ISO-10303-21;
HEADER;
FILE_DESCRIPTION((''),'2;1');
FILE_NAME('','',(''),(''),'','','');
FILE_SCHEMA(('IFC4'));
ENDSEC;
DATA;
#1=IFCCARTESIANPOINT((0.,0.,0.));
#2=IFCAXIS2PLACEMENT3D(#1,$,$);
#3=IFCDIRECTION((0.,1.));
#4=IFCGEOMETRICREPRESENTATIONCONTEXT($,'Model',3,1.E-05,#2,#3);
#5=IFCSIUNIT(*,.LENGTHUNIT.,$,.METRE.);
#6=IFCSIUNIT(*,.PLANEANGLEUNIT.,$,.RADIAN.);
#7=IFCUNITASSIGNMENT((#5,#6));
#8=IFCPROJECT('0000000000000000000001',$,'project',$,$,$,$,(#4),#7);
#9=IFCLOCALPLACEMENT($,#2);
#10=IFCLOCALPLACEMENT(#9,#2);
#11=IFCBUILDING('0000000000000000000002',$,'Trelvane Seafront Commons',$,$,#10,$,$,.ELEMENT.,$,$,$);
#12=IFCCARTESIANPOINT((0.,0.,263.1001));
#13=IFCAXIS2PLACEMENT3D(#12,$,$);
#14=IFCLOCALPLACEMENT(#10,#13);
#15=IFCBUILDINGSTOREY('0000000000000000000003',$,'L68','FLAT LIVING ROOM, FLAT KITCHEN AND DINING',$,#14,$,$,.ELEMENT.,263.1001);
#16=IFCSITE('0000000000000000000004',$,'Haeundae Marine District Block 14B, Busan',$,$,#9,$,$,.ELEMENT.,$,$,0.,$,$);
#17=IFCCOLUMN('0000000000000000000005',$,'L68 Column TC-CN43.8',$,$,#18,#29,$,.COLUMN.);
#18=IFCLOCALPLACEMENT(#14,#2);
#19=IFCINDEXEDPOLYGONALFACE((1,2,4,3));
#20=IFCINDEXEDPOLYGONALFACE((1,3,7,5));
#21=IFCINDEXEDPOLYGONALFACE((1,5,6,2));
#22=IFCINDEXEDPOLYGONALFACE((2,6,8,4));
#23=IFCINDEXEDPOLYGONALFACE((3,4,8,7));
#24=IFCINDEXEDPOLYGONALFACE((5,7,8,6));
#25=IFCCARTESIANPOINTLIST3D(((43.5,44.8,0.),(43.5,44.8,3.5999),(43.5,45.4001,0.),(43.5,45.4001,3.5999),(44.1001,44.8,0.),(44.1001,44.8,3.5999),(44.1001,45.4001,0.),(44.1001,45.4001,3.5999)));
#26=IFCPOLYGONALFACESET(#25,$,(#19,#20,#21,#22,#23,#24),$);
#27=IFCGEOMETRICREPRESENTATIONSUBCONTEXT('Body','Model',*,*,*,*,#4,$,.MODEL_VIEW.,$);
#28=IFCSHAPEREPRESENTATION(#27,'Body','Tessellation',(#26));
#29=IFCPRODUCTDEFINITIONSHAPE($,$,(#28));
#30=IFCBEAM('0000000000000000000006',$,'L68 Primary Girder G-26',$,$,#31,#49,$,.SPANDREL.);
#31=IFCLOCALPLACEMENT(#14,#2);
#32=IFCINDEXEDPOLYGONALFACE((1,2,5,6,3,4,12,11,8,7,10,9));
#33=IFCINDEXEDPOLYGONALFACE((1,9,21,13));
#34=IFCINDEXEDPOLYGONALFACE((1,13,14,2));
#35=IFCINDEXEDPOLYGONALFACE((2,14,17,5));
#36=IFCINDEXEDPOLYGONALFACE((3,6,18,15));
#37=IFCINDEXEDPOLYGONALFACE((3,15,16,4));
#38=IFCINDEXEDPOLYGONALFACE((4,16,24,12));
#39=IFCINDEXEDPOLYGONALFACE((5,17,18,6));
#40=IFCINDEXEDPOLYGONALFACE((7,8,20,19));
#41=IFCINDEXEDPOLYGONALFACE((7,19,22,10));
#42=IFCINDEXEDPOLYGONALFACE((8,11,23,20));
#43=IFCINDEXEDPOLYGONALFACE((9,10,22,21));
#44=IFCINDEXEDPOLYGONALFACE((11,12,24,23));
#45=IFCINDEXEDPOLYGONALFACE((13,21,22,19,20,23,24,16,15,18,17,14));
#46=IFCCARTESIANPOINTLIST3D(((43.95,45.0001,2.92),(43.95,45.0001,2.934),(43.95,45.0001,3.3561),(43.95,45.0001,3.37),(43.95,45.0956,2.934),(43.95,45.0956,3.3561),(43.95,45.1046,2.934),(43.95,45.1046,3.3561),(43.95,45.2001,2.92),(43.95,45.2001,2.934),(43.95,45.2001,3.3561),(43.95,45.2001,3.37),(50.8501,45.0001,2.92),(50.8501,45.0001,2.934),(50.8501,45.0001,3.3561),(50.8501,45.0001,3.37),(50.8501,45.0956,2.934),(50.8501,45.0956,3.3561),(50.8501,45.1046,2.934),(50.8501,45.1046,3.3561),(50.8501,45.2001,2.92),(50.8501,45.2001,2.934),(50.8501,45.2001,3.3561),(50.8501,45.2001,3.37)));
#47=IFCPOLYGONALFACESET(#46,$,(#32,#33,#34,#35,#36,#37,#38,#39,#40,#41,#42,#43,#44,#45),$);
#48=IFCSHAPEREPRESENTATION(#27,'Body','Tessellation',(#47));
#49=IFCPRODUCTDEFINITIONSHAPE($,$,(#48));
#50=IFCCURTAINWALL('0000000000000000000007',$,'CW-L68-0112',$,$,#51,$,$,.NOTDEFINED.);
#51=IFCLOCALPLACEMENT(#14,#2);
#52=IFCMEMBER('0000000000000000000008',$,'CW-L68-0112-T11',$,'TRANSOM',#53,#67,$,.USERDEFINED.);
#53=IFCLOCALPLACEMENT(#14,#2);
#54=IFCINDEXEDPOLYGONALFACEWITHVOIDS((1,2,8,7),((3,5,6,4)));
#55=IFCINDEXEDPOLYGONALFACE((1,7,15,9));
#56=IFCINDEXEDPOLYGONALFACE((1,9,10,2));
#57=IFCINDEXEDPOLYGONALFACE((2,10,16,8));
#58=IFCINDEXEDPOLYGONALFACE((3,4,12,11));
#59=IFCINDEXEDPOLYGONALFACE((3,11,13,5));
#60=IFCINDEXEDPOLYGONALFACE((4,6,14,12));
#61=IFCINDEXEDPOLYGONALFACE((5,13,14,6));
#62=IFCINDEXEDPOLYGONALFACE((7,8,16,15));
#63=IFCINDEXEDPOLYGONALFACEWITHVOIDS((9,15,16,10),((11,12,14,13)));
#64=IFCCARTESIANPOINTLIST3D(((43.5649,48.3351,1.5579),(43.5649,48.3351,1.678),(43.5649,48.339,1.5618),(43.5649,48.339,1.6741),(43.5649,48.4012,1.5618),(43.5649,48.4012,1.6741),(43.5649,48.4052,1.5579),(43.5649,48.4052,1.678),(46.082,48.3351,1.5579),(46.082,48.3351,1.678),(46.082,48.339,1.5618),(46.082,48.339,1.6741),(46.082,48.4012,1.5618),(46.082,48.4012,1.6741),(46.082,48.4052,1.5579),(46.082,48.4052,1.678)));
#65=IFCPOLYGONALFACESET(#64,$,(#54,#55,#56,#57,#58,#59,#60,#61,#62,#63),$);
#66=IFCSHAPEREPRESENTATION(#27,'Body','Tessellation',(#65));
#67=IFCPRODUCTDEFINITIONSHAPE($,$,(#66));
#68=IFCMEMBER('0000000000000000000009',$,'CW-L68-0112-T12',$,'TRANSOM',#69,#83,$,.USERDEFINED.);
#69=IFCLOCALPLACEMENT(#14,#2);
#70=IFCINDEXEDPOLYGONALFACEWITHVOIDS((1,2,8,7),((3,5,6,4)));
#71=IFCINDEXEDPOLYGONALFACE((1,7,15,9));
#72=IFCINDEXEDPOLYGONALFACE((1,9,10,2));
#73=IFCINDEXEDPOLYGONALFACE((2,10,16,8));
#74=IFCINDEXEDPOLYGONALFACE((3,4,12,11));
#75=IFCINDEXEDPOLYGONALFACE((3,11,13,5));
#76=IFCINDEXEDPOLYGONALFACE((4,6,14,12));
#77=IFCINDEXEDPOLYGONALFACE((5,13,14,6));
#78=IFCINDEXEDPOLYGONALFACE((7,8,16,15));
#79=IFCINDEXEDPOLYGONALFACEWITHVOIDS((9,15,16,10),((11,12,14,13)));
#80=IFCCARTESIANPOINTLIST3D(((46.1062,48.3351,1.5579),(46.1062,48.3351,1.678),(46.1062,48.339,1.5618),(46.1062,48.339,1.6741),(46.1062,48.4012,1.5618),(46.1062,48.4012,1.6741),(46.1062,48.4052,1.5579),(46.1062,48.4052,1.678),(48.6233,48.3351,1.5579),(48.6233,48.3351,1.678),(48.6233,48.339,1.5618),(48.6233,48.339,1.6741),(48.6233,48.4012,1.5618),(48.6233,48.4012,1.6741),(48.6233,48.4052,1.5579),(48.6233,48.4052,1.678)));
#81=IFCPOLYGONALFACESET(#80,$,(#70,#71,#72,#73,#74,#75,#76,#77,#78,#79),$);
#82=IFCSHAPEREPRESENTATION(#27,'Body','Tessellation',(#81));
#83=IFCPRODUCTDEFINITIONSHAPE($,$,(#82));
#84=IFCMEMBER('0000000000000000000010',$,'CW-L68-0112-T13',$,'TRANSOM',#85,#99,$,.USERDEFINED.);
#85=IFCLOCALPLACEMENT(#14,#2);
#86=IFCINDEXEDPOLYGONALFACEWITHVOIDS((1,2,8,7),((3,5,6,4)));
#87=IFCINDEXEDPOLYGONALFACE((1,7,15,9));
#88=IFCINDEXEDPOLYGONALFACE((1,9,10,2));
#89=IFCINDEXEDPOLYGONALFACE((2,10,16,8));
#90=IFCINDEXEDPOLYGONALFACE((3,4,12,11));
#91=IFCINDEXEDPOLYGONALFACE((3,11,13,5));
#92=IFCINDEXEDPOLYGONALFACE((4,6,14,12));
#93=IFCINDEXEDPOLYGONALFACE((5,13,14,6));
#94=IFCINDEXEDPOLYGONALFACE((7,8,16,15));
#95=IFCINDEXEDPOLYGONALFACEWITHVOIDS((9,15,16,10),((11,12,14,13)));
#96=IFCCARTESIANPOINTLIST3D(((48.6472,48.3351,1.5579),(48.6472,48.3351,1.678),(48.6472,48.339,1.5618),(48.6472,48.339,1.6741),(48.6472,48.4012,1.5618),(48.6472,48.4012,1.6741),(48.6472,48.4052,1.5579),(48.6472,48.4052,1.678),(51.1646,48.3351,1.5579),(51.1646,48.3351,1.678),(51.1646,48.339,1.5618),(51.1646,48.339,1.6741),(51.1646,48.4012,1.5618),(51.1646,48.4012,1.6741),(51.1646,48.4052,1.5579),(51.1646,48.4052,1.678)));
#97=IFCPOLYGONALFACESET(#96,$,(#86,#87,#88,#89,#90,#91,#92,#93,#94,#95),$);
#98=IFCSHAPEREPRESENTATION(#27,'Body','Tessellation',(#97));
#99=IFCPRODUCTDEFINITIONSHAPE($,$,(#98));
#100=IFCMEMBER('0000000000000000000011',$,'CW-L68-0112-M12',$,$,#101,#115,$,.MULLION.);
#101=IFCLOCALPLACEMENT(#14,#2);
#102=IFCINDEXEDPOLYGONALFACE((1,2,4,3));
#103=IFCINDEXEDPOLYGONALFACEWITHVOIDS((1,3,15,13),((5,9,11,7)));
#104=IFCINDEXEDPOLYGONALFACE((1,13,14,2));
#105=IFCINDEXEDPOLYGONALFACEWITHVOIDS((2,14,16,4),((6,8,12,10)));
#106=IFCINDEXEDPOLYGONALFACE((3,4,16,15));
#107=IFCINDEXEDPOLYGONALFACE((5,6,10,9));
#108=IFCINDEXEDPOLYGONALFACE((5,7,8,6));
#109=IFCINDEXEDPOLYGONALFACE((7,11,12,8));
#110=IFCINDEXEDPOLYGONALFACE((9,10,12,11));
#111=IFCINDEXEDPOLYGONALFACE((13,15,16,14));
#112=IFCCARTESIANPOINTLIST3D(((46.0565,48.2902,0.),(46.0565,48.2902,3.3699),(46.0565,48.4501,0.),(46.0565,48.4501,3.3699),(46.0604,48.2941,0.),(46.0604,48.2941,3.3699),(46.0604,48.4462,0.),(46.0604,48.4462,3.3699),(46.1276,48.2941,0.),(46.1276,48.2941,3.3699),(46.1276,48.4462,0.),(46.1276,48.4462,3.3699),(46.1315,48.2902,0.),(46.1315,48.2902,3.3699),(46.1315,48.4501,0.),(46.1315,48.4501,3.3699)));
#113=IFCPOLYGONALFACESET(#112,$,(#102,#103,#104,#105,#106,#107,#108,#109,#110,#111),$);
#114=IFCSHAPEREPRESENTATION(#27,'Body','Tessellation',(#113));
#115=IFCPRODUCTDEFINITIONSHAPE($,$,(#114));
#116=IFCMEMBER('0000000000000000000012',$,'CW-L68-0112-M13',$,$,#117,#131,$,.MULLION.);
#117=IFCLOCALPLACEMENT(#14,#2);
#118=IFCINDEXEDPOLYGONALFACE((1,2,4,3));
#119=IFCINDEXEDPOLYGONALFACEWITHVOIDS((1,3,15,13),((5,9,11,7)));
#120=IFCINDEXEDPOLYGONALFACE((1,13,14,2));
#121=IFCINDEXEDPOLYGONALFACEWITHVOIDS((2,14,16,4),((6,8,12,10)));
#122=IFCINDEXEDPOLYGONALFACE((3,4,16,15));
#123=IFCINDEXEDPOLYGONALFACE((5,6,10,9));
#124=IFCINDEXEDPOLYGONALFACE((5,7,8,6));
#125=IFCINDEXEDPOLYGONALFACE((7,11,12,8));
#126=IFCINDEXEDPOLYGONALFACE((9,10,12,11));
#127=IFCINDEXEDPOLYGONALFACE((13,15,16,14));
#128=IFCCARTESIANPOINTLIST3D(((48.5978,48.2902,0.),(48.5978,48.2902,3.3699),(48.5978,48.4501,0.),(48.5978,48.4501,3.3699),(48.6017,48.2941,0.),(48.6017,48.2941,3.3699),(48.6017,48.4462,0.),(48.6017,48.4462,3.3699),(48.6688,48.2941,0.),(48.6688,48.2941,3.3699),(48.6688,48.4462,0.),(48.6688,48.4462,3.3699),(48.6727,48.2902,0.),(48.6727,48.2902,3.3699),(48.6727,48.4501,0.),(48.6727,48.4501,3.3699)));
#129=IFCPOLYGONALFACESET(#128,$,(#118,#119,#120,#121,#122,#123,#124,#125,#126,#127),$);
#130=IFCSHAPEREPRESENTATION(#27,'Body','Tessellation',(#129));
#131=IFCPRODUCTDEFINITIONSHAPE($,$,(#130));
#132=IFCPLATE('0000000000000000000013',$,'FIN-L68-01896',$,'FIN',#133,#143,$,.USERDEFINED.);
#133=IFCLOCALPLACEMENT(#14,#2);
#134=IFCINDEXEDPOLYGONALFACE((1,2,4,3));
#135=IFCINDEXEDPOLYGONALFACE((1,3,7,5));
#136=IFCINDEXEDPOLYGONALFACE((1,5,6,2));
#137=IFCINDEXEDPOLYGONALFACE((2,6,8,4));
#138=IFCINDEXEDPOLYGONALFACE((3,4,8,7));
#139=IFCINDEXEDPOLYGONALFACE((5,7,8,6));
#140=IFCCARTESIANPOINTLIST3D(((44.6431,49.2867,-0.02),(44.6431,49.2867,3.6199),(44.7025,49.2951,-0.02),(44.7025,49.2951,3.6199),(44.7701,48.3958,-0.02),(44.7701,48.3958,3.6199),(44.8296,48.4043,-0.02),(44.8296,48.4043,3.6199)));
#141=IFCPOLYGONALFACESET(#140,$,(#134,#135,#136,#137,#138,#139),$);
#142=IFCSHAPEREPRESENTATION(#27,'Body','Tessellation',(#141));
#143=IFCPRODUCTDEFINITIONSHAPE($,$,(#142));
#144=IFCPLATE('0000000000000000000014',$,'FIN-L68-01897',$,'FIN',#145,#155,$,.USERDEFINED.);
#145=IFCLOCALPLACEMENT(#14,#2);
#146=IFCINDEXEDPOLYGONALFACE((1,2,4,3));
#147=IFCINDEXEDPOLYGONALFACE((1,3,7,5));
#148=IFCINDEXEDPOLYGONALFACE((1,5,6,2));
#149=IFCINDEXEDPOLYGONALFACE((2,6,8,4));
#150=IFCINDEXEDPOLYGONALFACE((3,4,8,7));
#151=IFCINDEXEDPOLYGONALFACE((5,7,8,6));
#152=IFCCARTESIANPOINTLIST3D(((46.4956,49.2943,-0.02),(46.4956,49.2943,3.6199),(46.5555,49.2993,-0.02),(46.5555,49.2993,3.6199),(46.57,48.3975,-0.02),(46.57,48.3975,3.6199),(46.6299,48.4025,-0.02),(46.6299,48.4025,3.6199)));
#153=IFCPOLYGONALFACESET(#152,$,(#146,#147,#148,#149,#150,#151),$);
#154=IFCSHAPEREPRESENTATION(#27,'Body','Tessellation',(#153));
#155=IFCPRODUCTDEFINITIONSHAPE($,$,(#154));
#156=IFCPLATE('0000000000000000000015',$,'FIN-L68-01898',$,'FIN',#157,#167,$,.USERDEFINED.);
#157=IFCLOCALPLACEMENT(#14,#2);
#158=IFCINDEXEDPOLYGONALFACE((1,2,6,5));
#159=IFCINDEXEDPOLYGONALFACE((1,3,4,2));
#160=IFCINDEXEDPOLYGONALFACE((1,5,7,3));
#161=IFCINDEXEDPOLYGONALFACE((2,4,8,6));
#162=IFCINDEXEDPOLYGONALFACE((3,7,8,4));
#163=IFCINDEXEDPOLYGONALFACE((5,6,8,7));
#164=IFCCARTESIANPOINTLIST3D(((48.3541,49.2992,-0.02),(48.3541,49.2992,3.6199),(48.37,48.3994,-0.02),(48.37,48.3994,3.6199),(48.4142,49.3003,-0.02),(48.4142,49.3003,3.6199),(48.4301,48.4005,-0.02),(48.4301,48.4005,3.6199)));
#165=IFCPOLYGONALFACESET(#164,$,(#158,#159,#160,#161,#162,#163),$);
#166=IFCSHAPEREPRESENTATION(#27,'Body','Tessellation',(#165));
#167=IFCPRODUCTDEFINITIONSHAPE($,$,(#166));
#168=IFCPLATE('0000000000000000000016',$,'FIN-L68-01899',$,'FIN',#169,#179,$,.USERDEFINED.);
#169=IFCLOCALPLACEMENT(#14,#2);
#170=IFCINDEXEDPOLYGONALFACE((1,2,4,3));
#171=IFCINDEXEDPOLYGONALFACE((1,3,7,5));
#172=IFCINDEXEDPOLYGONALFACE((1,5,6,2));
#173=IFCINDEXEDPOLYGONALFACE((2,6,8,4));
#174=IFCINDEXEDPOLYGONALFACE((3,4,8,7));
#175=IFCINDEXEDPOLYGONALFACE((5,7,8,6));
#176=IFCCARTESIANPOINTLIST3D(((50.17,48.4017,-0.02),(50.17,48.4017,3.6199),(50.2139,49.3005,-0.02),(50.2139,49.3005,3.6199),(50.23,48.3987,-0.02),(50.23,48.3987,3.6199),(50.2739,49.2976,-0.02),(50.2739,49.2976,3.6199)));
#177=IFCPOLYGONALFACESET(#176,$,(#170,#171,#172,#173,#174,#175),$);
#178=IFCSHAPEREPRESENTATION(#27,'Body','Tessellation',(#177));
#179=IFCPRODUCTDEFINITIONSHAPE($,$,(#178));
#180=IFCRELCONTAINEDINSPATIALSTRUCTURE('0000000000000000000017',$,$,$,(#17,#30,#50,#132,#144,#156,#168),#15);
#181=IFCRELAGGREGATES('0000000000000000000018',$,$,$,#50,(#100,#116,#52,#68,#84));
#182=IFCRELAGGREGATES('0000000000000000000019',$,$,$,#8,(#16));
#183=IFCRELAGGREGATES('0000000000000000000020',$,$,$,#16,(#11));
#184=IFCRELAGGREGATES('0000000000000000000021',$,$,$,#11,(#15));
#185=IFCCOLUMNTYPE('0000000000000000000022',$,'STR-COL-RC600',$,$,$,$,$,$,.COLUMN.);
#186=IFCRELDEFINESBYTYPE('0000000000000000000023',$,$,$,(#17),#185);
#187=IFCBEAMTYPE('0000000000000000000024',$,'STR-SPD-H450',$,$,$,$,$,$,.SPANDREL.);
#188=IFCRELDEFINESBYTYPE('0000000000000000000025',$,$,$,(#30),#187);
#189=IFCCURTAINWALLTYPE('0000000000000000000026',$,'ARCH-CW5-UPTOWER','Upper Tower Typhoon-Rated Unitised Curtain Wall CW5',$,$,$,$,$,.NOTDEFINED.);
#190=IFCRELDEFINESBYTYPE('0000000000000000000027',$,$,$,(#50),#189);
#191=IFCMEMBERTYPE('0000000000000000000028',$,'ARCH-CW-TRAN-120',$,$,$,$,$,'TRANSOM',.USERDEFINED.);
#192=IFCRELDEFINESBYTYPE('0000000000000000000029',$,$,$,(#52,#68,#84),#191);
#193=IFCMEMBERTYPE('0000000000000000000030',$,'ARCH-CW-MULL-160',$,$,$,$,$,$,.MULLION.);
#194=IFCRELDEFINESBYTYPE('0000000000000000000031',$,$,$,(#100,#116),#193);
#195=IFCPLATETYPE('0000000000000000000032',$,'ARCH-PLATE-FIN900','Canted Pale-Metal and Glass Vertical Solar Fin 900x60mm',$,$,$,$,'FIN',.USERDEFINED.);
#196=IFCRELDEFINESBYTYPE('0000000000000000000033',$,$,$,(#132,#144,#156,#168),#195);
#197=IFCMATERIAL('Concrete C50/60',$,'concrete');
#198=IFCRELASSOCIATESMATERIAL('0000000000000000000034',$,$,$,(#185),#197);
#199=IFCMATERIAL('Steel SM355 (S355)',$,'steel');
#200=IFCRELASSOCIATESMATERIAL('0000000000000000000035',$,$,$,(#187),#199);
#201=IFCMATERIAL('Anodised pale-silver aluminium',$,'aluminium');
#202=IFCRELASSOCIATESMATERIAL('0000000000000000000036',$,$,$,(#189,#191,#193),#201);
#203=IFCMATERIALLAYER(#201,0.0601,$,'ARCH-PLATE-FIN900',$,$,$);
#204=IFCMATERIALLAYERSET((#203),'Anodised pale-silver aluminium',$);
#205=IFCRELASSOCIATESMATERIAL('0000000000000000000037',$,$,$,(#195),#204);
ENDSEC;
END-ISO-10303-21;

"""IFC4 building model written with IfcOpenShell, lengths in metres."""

from ifc_helpers import new_model, si_unit, direction, frame, origin, origin_2d, place, context, subcontext, project, spatial, rectangle, hollow_rectangle, i_section, extrude, source, transform, mapped, material, layer, layer_set, material_profile, profile_set, type_object, element, aggregate, save


model = new_model("IFC4")

# Units and contexts
model_context = context("Model", 3, precision=1e-05, world=origin(), true_north=direction((0.0, 1.0)))
body_context = subcontext(model_context, "Body", "Model", "MODEL_VIEW")
ifc_project = project(units=[si_unit("LENGTHUNIT", "METRE"), si_unit("PLANEANGLEUNIT", "RADIAN")], contexts=[model_context])

# Site, building, storey
site_placement = place(None, origin())
site = spatial("IfcSite", under=ifc_project, at=site_placement, Name="Haeundae Marine District Block 14B, Busan", CompositionType="ELEMENT", RefElevation=0.0)
building_placement = place(site_placement, origin())
building = spatial("IfcBuilding", under=site, at=building_placement, Name="Trelvane Seafront Commons", CompositionType="ELEMENT")
storey_placement = place(building_placement, frame((0.0, 0.0, 263.1001)))
storey = spatial("IfcBuildingStorey", under=building, at=storey_placement, Name="L68", Description="FLAT LIVING ROOM, FLAT KITCHEN AND DINING", CompositionType="ELEMENT", Elevation=263.1001)

# Column
ifc_material_1 = material(Name="Concrete C50/60", Category="concrete")
ifc_material_profile_1 = material_profile(ifc_material_1, rectangle(XDim=0.6001, YDim=0.6001, at=origin_2d()), Name="RC-600x600")
ifc_profile_set_1 = profile_set([ifc_material_profile_1], Name="Concrete C50/60")
column_type = type_object("IfcColumnType", Name="STR-COL-RC600", PredefinedType="COLUMN", material=ifc_profile_set_1)
shared_shape_1 = source(origin(), body_context, "Body", "SweptSolid", [
    extrude(rectangle(XDim=0.6001, YDim=0.6001, at=origin_2d()), origin(), (0.0, 0.0, 1.0), 3.5999),
])
column_placement = place(storey_placement, frame((43.8, 45.1001, 0.0), z_axis=(0.0, 0.0, 1.0), x_axis=(1.0, 0.0, 0.0)))
element("IfcColumn", 1, at=column_placement, inside=storey, type_object=column_type, Name="L68 Column TC-CN43.8", PredefinedType="COLUMN", context=body_context, shape_type="MappedRepresentation", body=[
    mapped(shared_shape_1, transform((0.0, 0.0, 0.0), x_axis=(1.0, 0.0, 0.0), y_axis=(0.0, 1.0, 0.0), z_axis=(0.0, 0.0, 1.0), scale=1.0)),
])

# Beam
ifc_material_2 = material(Name="Steel SM355 (S355)", Category="steel")
ifc_material_profile_2 = material_profile(ifc_material_2, i_section(OverallWidth=0.2, OverallDepth=0.45, WebThickness=0.009, FlangeThickness=0.0139, at=origin_2d()), Name="H-450x200x9x14")
ifc_profile_set_2 = profile_set([ifc_material_profile_2], Name="Steel SM355 (S355)")
beam_type = type_object("IfcBeamType", Name="STR-SPD-H450", PredefinedType="SPANDREL", material=ifc_profile_set_2)
shared_shape_2 = source(origin(), body_context, "Body", "SweptSolid", [
    extrude(i_section(OverallWidth=0.2, OverallDepth=0.45, WebThickness=0.009, FlangeThickness=0.0139, at=origin_2d()), origin(), (0.0, 0.0, 1.0), 6.9001),
])
beam_placement = place(storey_placement, frame((43.95, 45.1001, 3.145), z_axis=(1.0, 0.0, 0.0), x_axis=(0.0, 1.0, 0.0)))
element("IfcBeam", 2, at=beam_placement, inside=storey, type_object=beam_type, Name="L68 Primary Girder G-26", PredefinedType="SPANDREL", context=body_context, shape_type="MappedRepresentation", body=[
    mapped(shared_shape_2, transform((0.0, 0.0, 0.0), x_axis=(1.0, 0.0, 0.0), y_axis=(0.0, 1.0, 0.0), z_axis=(0.0, 0.0, 1.0), scale=1.0)),
])

# Curtain wall, members
ifc_material_3 = material(Name="Anodised pale-silver aluminium", Category="aluminium")
curtain_wall_type = type_object("IfcCurtainWallType", Name="ARCH-CW5-UPTOWER", Description="Upper Tower Typhoon-Rated Unitised Curtain Wall CW5", PredefinedType="NOTDEFINED", material=ifc_material_3)
curtain_wall_placement = place(storey_placement, origin())
curtain_wall = element("IfcCurtainWall", 3, at=curtain_wall_placement, inside=storey, type_object=curtain_wall_type, Name="CW-L68-0112", PredefinedType="NOTDEFINED")
ifc_material_profile_3 = material_profile(ifc_material_3, hollow_rectangle(XDim=0.0701, YDim=0.1201, WallThickness=0.0039, at=origin_2d()), Name="TRAN-70x120x4")
ifc_profile_set_3 = profile_set([ifc_material_profile_3], Name="Anodised pale-silver aluminium")
member_type_1 = type_object("IfcMemberType", Name="ARCH-CW-TRAN-120", ElementType="TRANSOM", PredefinedType="USERDEFINED", material=ifc_profile_set_3)
shared_shape_3 = source(origin(), body_context, "Body", "SweptSolid", [
    extrude(hollow_rectangle(XDim=0.0701, YDim=0.1201, WallThickness=0.0039, at=origin_2d()), origin(), (0.0, 0.0, 1.0), 2.5171),
])
member_1_placement = place(storey_placement, frame((43.5649, 48.3701, 1.6179), z_axis=(1.0, 0.0, 0.0), x_axis=(0.0, 1.0, 0.0)))
member_1 = element("IfcMember", 4, at=member_1_placement, type_object=member_type_1, Name="CW-L68-0112-T11", ObjectType="TRANSOM", PredefinedType="USERDEFINED", context=body_context, shape_type="MappedRepresentation", body=[
    mapped(shared_shape_3, transform((0.0, 0.0, 0.0), x_axis=(1.0, 0.0, 0.0), y_axis=(0.0, 1.0, 0.0), z_axis=(0.0, 0.0, 1.0), scale=1.0)),
])
member_2_placement = place(storey_placement, frame((46.1062, 48.3701, 1.6179), z_axis=(1.0, 0.0, 0.0), x_axis=(0.0, 1.0, 0.0)))
member_2 = element("IfcMember", 5, at=member_2_placement, type_object=member_type_1, Name="CW-L68-0112-T12", ObjectType="TRANSOM", PredefinedType="USERDEFINED", context=body_context, shape_type="MappedRepresentation", body=[
    mapped(shared_shape_3, transform((0.0, 0.0, 0.0), x_axis=(1.0, 0.0, 0.0), y_axis=(0.0, 1.0, 0.0), z_axis=(0.0, 0.0, 1.0), scale=1.0)),
])
shared_shape_4 = source(origin(), body_context, "Body", "SweptSolid", [
    extrude(hollow_rectangle(XDim=0.0701, YDim=0.1201, WallThickness=0.0039, at=origin_2d()), origin(), (0.0, 0.0, 1.0), 2.5173),
])
member_3_placement = place(storey_placement, frame((48.6472, 48.3701, 1.6179), z_axis=(1.0, 0.0, 0.0), x_axis=(0.0, 1.0, 0.0)))
member_3 = element("IfcMember", 6, at=member_3_placement, type_object=member_type_1, Name="CW-L68-0112-T13", ObjectType="TRANSOM", PredefinedType="USERDEFINED", context=body_context, shape_type="MappedRepresentation", body=[
    mapped(shared_shape_4, transform((0.0, 0.0, 0.0), x_axis=(1.0, 0.0, 0.0), y_axis=(0.0, 1.0, 0.0), z_axis=(0.0, 0.0, 1.0), scale=1.0)),
])
ifc_material_profile_4 = material_profile(ifc_material_3, hollow_rectangle(XDim=0.075, YDim=0.1599, WallThickness=0.0039, at=origin_2d()), Name="MULL-75x160x4")
ifc_profile_set_4 = profile_set([ifc_material_profile_4], Name="Anodised pale-silver aluminium")
member_type_2 = type_object("IfcMemberType", Name="ARCH-CW-MULL-160", PredefinedType="MULLION", material=ifc_profile_set_4)
shared_shape_5 = source(origin(), body_context, "Body", "SweptSolid", [
    extrude(hollow_rectangle(XDim=0.075, YDim=0.1599, WallThickness=0.0039, at=origin_2d()), origin(), (0.0, 0.0, 1.0), 3.3699),
])
member_4_placement = place(storey_placement, frame((46.094, 48.3701, 0.0), z_axis=(0.0, 0.0, 1.0), x_axis=(1.0, 0.0, 0.0)))
member_4 = element("IfcMember", 7, at=member_4_placement, type_object=member_type_2, Name="CW-L68-0112-M12", PredefinedType="MULLION", context=body_context, shape_type="MappedRepresentation", body=[
    mapped(shared_shape_5, transform((0.0, 0.0, 0.0), x_axis=(1.0, 0.0, 0.0), y_axis=(0.0, 1.0, 0.0), z_axis=(0.0, 0.0, 1.0), scale=1.0)),
])
member_5_placement = place(storey_placement, frame((48.6353, 48.3701, 0.0), z_axis=(0.0, 0.0, 1.0), x_axis=(1.0, 0.0, 0.0)))
member_5 = element("IfcMember", 8, at=member_5_placement, type_object=member_type_2, Name="CW-L68-0112-M13", PredefinedType="MULLION", context=body_context, shape_type="MappedRepresentation", body=[
    mapped(shared_shape_5, transform((0.0, 0.0, 0.0), x_axis=(1.0, 0.0, 0.0), y_axis=(0.0, 1.0, 0.0), z_axis=(0.0, 0.0, 1.0), scale=1.0)),
])

# Plates
ifc_layer_1 = layer(ifc_material_3, 0.0601, Name="ARCH-PLATE-FIN900")
ifc_layer_set_1 = layer_set([ifc_layer_1], Name="Anodised pale-silver aluminium")
plate_type_1 = type_object("IfcPlateType", Name="ARCH-PLATE-FIN900", Description="Canted Pale-Metal and Glass Vertical Solar Fin 900x60mm", ElementType="FIN", PredefinedType="USERDEFINED", material=ifc_layer_set_1)
shared_shape_6 = source(origin(), body_context, "Body", "SweptSolid", [
    extrude(rectangle(XDim=0.8999, YDim=0.0601, at=origin_2d()), origin(), (0.0, 0.0, 1.0), 3.6399),
])
for number, where, z_axis, x_axis, name in (
    (9, (44.7363, 48.8455, -0.02), (0.0, 0.0, 1.0), (-0.141219, 0.989978, 0.0), "FIN-L68-01896"),
    (10, (46.5627, 48.8484, -0.02), (0.0, 0.0, 1.0), (-0.082669, 0.996577, 0.0), "FIN-L68-01897"),
    (11, (48.3921, 48.8499, -0.02), (0.0, 0.0, 1.0), (-0.017665, 0.999844, 0.0), "FIN-L68-01898"),
    (12, (50.2219, 48.8496, -0.02), (0.0, 0.0, 1.0), (0.04878, 0.99881, 0.0), "FIN-L68-01899"),
):
    element("IfcPlate", number, at=place(storey_placement, frame(where, z_axis=z_axis, x_axis=x_axis)), inside=storey, type_object=plate_type_1, Name=name, ObjectType="FIN", PredefinedType="USERDEFINED", context=body_context, shape_type="MappedRepresentation", body=[
        mapped(shared_shape_6, transform((0.0, 0.0, 0.0), x_axis=(1.0, 0.0, 0.0), y_axis=(0.0, 1.0, 0.0), z_axis=(0.0, 0.0, 1.0), scale=1.0)),
    ])

aggregate(curtain_wall, [member_4, member_5, member_1, member_2, member_3])

save(model, "model.ifc")
